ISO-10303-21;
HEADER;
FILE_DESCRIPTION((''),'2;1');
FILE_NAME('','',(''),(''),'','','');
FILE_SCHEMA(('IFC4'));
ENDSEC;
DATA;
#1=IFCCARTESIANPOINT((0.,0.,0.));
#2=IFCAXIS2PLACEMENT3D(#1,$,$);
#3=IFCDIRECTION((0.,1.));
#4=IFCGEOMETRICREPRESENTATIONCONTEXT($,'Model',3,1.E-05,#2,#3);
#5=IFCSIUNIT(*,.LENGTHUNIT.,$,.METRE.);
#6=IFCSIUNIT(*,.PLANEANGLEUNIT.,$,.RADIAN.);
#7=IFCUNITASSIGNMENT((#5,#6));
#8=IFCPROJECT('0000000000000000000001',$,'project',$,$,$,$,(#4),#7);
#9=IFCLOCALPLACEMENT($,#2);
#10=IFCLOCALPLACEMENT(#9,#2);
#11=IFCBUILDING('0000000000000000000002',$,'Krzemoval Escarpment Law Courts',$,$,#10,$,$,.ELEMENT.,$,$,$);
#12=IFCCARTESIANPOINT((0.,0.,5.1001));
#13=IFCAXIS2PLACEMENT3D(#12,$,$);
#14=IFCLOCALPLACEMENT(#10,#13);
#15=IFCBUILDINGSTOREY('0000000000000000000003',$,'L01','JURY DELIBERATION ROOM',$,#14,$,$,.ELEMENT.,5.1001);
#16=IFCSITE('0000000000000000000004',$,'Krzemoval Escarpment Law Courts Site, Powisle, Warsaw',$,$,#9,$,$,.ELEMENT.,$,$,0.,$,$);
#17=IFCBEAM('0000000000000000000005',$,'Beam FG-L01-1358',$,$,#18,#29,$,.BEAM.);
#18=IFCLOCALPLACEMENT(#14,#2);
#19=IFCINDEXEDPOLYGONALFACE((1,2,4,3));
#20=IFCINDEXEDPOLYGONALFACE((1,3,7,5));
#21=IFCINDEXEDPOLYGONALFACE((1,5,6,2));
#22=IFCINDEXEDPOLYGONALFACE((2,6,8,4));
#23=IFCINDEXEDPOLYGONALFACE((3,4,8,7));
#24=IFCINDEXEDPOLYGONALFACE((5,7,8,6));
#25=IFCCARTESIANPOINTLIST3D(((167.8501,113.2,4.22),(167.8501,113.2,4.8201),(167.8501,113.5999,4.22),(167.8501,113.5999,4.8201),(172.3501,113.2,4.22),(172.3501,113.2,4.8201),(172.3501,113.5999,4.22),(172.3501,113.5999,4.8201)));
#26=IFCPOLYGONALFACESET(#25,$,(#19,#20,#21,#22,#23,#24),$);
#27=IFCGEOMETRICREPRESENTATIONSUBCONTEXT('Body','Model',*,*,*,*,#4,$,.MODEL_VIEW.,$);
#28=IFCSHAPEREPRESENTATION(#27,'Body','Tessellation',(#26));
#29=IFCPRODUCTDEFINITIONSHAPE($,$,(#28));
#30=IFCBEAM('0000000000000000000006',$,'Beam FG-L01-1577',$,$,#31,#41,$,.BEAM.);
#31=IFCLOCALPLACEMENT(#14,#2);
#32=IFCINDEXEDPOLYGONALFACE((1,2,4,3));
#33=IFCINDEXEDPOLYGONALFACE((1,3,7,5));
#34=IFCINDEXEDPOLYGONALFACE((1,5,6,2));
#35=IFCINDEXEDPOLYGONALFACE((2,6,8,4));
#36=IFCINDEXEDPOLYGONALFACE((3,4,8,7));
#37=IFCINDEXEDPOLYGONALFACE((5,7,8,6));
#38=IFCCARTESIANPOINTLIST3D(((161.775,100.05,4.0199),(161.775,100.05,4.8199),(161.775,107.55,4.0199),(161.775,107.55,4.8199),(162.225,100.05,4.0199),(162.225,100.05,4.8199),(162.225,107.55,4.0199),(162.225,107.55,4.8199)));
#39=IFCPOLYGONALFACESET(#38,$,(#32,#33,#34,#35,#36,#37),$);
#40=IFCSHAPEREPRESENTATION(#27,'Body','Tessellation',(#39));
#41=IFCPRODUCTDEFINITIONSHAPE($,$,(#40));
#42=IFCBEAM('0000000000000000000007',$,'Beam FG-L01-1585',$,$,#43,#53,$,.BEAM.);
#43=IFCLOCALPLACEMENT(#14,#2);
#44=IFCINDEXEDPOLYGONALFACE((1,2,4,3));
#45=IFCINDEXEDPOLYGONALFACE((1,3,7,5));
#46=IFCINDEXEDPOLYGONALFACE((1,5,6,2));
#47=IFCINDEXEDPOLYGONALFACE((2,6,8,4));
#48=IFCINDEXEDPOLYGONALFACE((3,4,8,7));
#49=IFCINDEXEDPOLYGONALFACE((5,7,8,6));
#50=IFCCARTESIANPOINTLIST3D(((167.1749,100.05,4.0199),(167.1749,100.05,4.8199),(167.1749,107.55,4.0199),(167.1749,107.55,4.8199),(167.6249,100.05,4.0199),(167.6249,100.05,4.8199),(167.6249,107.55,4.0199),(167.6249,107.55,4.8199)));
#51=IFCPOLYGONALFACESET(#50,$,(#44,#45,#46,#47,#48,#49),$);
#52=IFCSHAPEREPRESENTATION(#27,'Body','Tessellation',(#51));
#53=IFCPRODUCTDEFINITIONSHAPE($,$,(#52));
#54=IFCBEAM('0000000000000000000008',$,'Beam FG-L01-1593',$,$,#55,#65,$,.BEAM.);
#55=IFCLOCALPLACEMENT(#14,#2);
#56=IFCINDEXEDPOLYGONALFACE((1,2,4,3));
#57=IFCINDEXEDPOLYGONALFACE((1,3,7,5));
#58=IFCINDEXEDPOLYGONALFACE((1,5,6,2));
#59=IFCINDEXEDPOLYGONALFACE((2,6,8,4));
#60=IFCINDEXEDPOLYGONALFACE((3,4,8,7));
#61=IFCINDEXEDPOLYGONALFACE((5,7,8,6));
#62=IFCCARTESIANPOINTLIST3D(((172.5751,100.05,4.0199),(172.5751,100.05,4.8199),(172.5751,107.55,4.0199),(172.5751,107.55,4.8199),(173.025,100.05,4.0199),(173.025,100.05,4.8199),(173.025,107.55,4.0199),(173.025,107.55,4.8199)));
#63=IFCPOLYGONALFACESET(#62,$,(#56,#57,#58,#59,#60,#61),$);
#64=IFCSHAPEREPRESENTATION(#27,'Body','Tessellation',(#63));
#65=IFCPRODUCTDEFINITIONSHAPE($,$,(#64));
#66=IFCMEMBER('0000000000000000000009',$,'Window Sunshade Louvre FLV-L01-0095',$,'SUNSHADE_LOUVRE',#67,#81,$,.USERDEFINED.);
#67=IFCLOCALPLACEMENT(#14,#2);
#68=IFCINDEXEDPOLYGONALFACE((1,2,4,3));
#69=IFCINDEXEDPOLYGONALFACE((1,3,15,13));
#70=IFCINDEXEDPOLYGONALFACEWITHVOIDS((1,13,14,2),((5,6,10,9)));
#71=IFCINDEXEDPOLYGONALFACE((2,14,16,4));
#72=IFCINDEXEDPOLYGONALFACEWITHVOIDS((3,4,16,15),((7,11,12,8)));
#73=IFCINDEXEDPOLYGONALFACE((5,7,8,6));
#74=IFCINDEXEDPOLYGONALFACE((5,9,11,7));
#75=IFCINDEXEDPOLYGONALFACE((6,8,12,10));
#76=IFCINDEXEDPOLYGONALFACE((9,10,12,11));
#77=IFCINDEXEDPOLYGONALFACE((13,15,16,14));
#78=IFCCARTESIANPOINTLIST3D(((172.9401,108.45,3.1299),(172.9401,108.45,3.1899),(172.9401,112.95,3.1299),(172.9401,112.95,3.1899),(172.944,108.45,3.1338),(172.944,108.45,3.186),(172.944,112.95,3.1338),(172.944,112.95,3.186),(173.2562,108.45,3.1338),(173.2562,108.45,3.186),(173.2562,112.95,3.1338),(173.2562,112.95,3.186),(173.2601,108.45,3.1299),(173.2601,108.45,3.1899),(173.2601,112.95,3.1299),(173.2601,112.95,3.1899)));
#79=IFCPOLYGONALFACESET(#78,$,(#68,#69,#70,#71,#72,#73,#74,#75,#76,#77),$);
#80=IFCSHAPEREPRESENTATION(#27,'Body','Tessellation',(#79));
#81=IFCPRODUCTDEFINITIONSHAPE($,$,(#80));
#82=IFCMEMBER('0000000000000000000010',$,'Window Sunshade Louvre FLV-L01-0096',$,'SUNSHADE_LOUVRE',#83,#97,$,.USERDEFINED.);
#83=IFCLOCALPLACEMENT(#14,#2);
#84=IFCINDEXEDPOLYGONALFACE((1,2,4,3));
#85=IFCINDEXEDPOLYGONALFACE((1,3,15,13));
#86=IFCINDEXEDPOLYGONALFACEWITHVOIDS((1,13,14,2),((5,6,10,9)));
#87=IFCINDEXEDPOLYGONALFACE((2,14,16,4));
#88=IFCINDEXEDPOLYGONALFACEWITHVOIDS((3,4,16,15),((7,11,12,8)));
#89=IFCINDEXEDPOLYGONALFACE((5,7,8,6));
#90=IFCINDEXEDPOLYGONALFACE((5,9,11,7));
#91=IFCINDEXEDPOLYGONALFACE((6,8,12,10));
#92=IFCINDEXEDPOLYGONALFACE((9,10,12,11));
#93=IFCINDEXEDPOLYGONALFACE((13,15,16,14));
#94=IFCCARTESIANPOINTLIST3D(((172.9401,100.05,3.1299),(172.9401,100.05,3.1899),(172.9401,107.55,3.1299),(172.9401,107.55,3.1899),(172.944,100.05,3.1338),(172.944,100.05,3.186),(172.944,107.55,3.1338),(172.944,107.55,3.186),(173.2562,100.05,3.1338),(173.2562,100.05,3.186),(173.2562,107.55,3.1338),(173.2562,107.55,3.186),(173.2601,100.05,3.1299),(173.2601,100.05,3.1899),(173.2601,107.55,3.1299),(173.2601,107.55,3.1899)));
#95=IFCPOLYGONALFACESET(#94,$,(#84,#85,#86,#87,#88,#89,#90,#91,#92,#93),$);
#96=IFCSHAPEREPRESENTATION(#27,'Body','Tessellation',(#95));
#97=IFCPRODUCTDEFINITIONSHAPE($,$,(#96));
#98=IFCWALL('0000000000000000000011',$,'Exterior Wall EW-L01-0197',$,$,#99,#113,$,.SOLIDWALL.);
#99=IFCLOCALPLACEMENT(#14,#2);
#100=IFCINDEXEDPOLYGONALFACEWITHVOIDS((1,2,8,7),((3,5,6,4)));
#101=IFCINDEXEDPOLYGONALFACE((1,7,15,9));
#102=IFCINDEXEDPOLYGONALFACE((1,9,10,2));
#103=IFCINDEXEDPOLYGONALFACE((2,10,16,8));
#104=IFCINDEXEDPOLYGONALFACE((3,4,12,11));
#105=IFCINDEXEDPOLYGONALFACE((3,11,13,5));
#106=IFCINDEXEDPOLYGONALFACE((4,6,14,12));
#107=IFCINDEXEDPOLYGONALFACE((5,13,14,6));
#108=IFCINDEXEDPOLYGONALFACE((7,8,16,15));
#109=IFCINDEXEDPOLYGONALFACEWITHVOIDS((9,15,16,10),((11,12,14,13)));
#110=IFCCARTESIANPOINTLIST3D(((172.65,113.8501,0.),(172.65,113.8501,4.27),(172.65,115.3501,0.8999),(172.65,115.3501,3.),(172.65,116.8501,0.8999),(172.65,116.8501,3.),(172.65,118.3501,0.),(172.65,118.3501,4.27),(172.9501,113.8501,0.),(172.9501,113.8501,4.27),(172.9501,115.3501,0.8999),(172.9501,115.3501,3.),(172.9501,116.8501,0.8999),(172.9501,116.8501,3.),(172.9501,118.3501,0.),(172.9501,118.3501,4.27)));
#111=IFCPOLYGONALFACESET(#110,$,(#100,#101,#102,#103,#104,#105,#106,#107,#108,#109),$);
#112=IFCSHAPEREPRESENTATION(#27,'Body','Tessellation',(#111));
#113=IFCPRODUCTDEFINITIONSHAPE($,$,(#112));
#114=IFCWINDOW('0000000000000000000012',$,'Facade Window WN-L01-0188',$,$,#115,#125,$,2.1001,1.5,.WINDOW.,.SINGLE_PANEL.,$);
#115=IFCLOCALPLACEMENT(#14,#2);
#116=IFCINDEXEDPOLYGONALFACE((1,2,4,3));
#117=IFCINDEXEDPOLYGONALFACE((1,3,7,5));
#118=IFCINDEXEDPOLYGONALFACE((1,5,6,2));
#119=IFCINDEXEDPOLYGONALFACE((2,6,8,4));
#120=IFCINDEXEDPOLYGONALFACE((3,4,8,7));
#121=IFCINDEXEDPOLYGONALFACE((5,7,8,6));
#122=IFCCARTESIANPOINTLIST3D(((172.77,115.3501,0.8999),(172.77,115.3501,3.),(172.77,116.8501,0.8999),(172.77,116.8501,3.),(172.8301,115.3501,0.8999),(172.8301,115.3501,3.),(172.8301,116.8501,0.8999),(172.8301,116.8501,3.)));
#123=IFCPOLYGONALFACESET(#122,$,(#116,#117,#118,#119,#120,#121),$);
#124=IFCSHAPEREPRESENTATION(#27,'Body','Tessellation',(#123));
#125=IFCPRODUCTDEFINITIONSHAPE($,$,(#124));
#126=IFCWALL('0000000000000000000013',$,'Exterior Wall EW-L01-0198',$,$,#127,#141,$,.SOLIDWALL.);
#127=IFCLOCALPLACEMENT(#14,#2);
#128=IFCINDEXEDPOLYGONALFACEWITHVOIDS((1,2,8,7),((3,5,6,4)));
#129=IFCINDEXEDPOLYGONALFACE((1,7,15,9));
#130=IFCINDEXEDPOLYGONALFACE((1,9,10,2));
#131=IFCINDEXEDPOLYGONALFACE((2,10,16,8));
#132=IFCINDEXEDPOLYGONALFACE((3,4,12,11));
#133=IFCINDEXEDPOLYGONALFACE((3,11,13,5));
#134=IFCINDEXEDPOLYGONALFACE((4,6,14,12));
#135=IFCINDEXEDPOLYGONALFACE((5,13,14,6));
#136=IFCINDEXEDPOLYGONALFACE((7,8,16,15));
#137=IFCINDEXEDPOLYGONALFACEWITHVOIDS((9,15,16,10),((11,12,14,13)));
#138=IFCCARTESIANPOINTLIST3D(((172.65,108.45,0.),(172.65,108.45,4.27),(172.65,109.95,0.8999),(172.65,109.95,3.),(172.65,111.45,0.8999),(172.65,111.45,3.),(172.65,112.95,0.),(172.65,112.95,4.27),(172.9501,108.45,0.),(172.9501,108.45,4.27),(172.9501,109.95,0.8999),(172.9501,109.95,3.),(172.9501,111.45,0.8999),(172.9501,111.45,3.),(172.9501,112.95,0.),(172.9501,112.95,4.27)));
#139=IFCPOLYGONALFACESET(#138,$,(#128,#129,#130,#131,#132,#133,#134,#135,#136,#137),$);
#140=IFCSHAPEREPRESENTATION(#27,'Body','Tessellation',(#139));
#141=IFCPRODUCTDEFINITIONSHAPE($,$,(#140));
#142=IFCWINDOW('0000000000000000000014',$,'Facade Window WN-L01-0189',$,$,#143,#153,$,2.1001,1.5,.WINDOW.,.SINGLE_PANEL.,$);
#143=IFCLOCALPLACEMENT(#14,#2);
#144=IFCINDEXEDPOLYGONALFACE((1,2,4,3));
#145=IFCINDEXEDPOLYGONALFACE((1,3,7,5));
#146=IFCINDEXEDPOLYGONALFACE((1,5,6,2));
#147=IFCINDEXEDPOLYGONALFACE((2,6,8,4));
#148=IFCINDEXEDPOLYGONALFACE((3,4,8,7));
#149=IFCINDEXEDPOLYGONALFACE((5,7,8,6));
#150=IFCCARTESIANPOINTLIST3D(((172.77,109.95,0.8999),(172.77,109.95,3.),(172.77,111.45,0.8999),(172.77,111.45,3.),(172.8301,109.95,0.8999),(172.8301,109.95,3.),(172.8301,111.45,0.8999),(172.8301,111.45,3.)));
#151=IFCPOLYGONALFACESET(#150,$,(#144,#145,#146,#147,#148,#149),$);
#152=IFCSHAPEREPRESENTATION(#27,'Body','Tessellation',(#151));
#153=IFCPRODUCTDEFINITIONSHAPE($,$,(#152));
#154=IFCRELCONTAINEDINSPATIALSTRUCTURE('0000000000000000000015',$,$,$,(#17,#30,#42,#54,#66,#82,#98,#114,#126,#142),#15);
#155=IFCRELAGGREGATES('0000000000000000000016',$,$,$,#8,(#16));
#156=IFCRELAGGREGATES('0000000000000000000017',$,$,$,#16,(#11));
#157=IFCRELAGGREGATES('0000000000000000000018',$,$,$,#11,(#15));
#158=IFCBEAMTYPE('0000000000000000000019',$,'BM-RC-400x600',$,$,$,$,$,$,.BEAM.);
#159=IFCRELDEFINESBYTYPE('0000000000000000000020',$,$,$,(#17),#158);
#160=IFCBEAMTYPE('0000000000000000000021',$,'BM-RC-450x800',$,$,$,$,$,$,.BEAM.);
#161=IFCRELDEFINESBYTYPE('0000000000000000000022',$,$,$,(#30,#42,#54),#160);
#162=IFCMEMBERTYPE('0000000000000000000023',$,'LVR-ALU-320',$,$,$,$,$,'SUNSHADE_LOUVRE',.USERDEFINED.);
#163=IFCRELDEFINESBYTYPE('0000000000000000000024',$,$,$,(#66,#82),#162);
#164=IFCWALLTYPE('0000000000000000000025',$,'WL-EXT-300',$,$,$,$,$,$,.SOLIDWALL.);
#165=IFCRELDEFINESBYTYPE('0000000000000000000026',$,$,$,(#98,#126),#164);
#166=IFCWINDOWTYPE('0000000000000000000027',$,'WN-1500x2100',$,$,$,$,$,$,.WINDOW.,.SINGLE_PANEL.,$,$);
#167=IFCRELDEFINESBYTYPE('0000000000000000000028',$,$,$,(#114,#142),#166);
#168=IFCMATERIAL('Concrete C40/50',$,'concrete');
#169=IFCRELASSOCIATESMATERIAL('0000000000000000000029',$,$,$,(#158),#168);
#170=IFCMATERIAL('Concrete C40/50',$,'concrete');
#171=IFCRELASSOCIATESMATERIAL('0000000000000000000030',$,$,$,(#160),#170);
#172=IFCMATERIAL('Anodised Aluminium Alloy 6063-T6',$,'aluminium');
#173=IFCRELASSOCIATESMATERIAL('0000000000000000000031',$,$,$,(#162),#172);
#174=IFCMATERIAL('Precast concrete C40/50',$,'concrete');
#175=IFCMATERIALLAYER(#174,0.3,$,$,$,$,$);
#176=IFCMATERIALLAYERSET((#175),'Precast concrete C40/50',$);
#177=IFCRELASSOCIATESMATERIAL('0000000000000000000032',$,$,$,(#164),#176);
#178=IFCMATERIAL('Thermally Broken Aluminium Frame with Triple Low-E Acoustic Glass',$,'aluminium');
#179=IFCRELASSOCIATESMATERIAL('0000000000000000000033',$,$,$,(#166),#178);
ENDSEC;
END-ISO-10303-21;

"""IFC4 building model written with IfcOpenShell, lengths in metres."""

from ifc_helpers import new_model, si_unit, direction, frame, frame_2d, origin, origin_2d, place, context, subcontext, project, spatial, rectangle, hollow_rectangle, extrude, material, layer, layer_set, material_profile, profile_set, type_object, element, fill, save


model = new_model("IFC4")

# Units and contexts
model_context = context("Model", 3, precision=1e-05, world=origin(), true_north=direction((0.0, 1.0)))
body_context = subcontext(model_context, "Body", "Model", "MODEL_VIEW")
ifc_project = project(units=[si_unit("LENGTHUNIT", "METRE"), si_unit("PLANEANGLEUNIT", "RADIAN")], contexts=[model_context])

# Site, building, storey
site_placement = place(None, origin())
site = spatial("IfcSite", under=ifc_project, at=site_placement, Name="Krzemoval Escarpment Law Courts Site, Powisle, Warsaw", CompositionType="ELEMENT", RefElevation=0.0)
building_placement = place(site_placement, origin())
building = spatial("IfcBuilding", under=site, at=building_placement, Name="Krzemoval Escarpment Law Courts", CompositionType="ELEMENT")
storey_placement = place(building_placement, frame((0.0, 0.0, 5.1001)))
storey = spatial("IfcBuildingStorey", under=building, at=storey_placement, Name="L01", Description="JURY DELIBERATION ROOM", CompositionType="ELEMENT", Elevation=5.1001)

# Beams
ifc_material_1 = material(Name="Concrete C40/50", Category="concrete")
ifc_material_profile_1 = material_profile(ifc_material_1, rectangle(XDim=0.3999, YDim=0.6001, at=origin_2d()), Name="RCB 400x600")
ifc_profile_set_1 = profile_set([ifc_material_profile_1], Name="Concrete C40/50")
beam_type_1 = type_object("IfcBeamType", Name="BM-RC-400x600", PredefinedType="BEAM", material=ifc_profile_set_1)
for number, where, z_axis, x_axis, name in (
    (1, (167.8501, 113.3999, 4.52), (1.0, 0.0, 0.0), (0.0, 1.0, 0.0), "Beam FG-L01-1358"),
):
    element("IfcBeam", number, at=place(storey_placement, frame(where, z_axis=z_axis, x_axis=x_axis)), inside=storey, type_object=beam_type_1, Name=name, PredefinedType="BEAM", context=body_context, shape_type="SweptSolid", body=[
        extrude(rectangle(XDim=0.3999, YDim=0.6001, at=origin_2d()), origin(), (0.0, 0.0, 1.0), 4.5),
    ])
ifc_material_2 = material(Name="Concrete C40/50", Category="concrete")
ifc_material_profile_2 = material_profile(ifc_material_2, rectangle(XDim=0.45, YDim=0.8, at=origin_2d()), Name="RCB 450x800")
ifc_profile_set_2 = profile_set([ifc_material_profile_2], Name="Concrete C40/50")
beam_type_2 = type_object("IfcBeamType", Name="BM-RC-450x800", PredefinedType="BEAM", material=ifc_profile_set_2)
for number, where, z_axis, x_axis, name in (
    (2, (162.0, 100.05, 4.4199), (0.0, 1.0, 0.0), (-1.0, 0.0, 0.0), "Beam FG-L01-1577"),
    (3, (167.3999, 100.05, 4.4199), (0.0, 1.0, 0.0), (-1.0, 0.0, 0.0), "Beam FG-L01-1585"),
    (4, (172.8, 100.05, 4.4199), (0.0, 1.0, 0.0), (-1.0, 0.0, 0.0), "Beam FG-L01-1593"),
):
    element("IfcBeam", number, at=place(storey_placement, frame(where, z_axis=z_axis, x_axis=x_axis)), inside=storey, type_object=beam_type_2, Name=name, PredefinedType="BEAM", context=body_context, shape_type="SweptSolid", body=[
        extrude(rectangle(XDim=0.45, YDim=0.8, at=origin_2d()), origin(), (0.0, 0.0, 1.0), 7.5),
    ])

# Members
ifc_material_3 = material(Name="Anodised Aluminium Alloy 6063-T6", Category="aluminium")
ifc_material_profile_3 = material_profile(ifc_material_3, hollow_rectangle(XDim=0.0601, YDim=0.3201, WallThickness=0.0039, at=origin_2d()), Name="ALU LVR 60x320")
ifc_profile_set_3 = profile_set([ifc_material_profile_3], Name="Anodised Aluminium Alloy 6063-T6")
member_type = type_object("IfcMemberType", Name="LVR-ALU-320", ElementType="SUNSHADE_LOUVRE", PredefinedType="USERDEFINED", material=ifc_profile_set_3)
member_1_placement = place(storey_placement, frame((173.1001, 112.95, 3.1599), z_axis=(0.0, -1.0, 0.0), x_axis=(0.0, 0.0, 1.0)))
element("IfcMember", 5, at=member_1_placement, inside=storey, type_object=member_type, Name="Window Sunshade Louvre FLV-L01-0095", ObjectType="SUNSHADE_LOUVRE", PredefinedType="USERDEFINED", context=body_context, shape_type="SweptSolid", body=[
    extrude(hollow_rectangle(XDim=0.0601, YDim=0.3201, WallThickness=0.0039, at=origin_2d()), origin(), (0.0, 0.0, 1.0), 4.5),
])
member_2_placement = place(storey_placement, frame((173.1001, 107.55, 3.1599), z_axis=(0.0, -1.0, 0.0), x_axis=(0.0, 0.0, 1.0)))
element("IfcMember", 6, at=member_2_placement, inside=storey, type_object=member_type, Name="Window Sunshade Louvre FLV-L01-0096", ObjectType="SUNSHADE_LOUVRE", PredefinedType="USERDEFINED", context=body_context, shape_type="SweptSolid", body=[
    extrude(hollow_rectangle(XDim=0.0601, YDim=0.3201, WallThickness=0.0039, at=origin_2d()), origin(), (0.0, 0.0, 1.0), 7.5),
])

# Walls, openings, windows
ifc_material_4 = material(Name="Precast concrete C40/50", Category="concrete")
ifc_layer = layer(ifc_material_4, 0.3)
ifc_layer_set = layer_set([ifc_layer], Name="Precast concrete C40/50")
wall_type = type_object("IfcWallType", Name="WL-EXT-300", PredefinedType="SOLIDWALL", material=ifc_layer_set)
wall_1_placement = place(storey_placement, frame((172.8, 118.3501, 0.0), z_axis=(0.0, 0.0, 1.0), x_axis=(0.0, -1.0, 0.0)))
wall_1 = element("IfcWall", 7, at=wall_1_placement, inside=storey, type_object=wall_type, Name="Exterior Wall EW-L01-0197", PredefinedType="SOLIDWALL", context=body_context, shape_type="SweptSolid", body=[
    extrude(rectangle(XDim=4.5, YDim=0.3, at=frame_2d((2.25, 0.0))), origin(), (0.0, 0.0, 1.0), 4.27),
])
opening_1_placement = place(wall_1_placement, frame((1.5, 0.0, 0.8999)))
opening_1 = element("IfcOpeningElement", 8, at=opening_1_placement, cuts=wall_1, PredefinedType="OPENING", context=body_context, shape_type="SweptSolid", body=[
    extrude(rectangle(XDim=1.5, YDim=2.1001, at=frame_2d((0.75, 1.05))), frame((0.0, 0.165, 0.0), z_axis=(0.0, -1.0, 0.0), x_axis=(1.0, 0.0, 0.0)), (0.0, 0.0, 1.0), 0.3301),
])
ifc_material_5 = material(Name="Thermally Broken Aluminium Frame with Triple Low-E Acoustic Glass", Category="aluminium")
window_type = type_object("IfcWindowType", Name="WN-1500x2100", PartitioningType="SINGLE_PANEL", PredefinedType="WINDOW", material=ifc_material_5)
window_1_placement = place(opening_1_placement, origin())
window_1 = element("IfcWindow", 9, at=window_1_placement, inside=storey, type_object=window_type, Name="Facade Window WN-L01-0188", OverallHeight=2.1001, OverallWidth=1.5, PartitioningType="SINGLE_PANEL", PredefinedType="WINDOW", context=body_context, shape_type="SweptSolid", body=[
    extrude(rectangle(XDim=1.5, YDim=2.1001, at=frame_2d((0.75, 1.05))), frame((0.0, 0.03, 0.0), z_axis=(0.0, -1.0, 0.0), x_axis=(1.0, 0.0, 0.0)), (0.0, 0.0, 1.0), 0.0601),
])
fill(opening_1, window_1)
wall_2_placement = place(storey_placement, frame((172.8, 112.95, 0.0), z_axis=(0.0, 0.0, 1.0), x_axis=(0.0, -1.0, 0.0)))
wall_2 = element("IfcWall", 10, at=wall_2_placement, inside=storey, type_object=wall_type, Name="Exterior Wall EW-L01-0198", PredefinedType="SOLIDWALL", context=body_context, shape_type="SweptSolid", body=[
    extrude(rectangle(XDim=4.5, YDim=0.3, at=frame_2d((2.25, 0.0))), origin(), (0.0, 0.0, 1.0), 4.27),
])
opening_2_placement = place(wall_2_placement, frame((1.5, 0.0, 0.8999)))
opening_2 = element("IfcOpeningElement", 11, at=opening_2_placement, cuts=wall_2, PredefinedType="OPENING", context=body_context, shape_type="SweptSolid", body=[
    extrude(rectangle(XDim=1.5, YDim=2.1001, at=frame_2d((0.75, 1.05))), frame((0.0, 0.165, 0.0), z_axis=(0.0, -1.0, 0.0), x_axis=(1.0, 0.0, 0.0)), (0.0, 0.0, 1.0), 0.3301),
])
window_2_placement = place(opening_2_placement, origin())
window_2 = element("IfcWindow", 12, at=window_2_placement, inside=storey, type_object=window_type, Name="Facade Window WN-L01-0189", OverallHeight=2.1001, OverallWidth=1.5, PartitioningType="SINGLE_PANEL", PredefinedType="WINDOW", context=body_context, shape_type="SweptSolid", body=[
    extrude(rectangle(XDim=1.5, YDim=2.1001, at=frame_2d((0.75, 1.05))), frame((0.0, 0.03, 0.0), z_axis=(0.0, -1.0, 0.0), x_axis=(1.0, 0.0, 0.0)), (0.0, 0.0, 1.0), 0.0601),
])
fill(opening_2, window_2)

save(model, "model.ifc")
